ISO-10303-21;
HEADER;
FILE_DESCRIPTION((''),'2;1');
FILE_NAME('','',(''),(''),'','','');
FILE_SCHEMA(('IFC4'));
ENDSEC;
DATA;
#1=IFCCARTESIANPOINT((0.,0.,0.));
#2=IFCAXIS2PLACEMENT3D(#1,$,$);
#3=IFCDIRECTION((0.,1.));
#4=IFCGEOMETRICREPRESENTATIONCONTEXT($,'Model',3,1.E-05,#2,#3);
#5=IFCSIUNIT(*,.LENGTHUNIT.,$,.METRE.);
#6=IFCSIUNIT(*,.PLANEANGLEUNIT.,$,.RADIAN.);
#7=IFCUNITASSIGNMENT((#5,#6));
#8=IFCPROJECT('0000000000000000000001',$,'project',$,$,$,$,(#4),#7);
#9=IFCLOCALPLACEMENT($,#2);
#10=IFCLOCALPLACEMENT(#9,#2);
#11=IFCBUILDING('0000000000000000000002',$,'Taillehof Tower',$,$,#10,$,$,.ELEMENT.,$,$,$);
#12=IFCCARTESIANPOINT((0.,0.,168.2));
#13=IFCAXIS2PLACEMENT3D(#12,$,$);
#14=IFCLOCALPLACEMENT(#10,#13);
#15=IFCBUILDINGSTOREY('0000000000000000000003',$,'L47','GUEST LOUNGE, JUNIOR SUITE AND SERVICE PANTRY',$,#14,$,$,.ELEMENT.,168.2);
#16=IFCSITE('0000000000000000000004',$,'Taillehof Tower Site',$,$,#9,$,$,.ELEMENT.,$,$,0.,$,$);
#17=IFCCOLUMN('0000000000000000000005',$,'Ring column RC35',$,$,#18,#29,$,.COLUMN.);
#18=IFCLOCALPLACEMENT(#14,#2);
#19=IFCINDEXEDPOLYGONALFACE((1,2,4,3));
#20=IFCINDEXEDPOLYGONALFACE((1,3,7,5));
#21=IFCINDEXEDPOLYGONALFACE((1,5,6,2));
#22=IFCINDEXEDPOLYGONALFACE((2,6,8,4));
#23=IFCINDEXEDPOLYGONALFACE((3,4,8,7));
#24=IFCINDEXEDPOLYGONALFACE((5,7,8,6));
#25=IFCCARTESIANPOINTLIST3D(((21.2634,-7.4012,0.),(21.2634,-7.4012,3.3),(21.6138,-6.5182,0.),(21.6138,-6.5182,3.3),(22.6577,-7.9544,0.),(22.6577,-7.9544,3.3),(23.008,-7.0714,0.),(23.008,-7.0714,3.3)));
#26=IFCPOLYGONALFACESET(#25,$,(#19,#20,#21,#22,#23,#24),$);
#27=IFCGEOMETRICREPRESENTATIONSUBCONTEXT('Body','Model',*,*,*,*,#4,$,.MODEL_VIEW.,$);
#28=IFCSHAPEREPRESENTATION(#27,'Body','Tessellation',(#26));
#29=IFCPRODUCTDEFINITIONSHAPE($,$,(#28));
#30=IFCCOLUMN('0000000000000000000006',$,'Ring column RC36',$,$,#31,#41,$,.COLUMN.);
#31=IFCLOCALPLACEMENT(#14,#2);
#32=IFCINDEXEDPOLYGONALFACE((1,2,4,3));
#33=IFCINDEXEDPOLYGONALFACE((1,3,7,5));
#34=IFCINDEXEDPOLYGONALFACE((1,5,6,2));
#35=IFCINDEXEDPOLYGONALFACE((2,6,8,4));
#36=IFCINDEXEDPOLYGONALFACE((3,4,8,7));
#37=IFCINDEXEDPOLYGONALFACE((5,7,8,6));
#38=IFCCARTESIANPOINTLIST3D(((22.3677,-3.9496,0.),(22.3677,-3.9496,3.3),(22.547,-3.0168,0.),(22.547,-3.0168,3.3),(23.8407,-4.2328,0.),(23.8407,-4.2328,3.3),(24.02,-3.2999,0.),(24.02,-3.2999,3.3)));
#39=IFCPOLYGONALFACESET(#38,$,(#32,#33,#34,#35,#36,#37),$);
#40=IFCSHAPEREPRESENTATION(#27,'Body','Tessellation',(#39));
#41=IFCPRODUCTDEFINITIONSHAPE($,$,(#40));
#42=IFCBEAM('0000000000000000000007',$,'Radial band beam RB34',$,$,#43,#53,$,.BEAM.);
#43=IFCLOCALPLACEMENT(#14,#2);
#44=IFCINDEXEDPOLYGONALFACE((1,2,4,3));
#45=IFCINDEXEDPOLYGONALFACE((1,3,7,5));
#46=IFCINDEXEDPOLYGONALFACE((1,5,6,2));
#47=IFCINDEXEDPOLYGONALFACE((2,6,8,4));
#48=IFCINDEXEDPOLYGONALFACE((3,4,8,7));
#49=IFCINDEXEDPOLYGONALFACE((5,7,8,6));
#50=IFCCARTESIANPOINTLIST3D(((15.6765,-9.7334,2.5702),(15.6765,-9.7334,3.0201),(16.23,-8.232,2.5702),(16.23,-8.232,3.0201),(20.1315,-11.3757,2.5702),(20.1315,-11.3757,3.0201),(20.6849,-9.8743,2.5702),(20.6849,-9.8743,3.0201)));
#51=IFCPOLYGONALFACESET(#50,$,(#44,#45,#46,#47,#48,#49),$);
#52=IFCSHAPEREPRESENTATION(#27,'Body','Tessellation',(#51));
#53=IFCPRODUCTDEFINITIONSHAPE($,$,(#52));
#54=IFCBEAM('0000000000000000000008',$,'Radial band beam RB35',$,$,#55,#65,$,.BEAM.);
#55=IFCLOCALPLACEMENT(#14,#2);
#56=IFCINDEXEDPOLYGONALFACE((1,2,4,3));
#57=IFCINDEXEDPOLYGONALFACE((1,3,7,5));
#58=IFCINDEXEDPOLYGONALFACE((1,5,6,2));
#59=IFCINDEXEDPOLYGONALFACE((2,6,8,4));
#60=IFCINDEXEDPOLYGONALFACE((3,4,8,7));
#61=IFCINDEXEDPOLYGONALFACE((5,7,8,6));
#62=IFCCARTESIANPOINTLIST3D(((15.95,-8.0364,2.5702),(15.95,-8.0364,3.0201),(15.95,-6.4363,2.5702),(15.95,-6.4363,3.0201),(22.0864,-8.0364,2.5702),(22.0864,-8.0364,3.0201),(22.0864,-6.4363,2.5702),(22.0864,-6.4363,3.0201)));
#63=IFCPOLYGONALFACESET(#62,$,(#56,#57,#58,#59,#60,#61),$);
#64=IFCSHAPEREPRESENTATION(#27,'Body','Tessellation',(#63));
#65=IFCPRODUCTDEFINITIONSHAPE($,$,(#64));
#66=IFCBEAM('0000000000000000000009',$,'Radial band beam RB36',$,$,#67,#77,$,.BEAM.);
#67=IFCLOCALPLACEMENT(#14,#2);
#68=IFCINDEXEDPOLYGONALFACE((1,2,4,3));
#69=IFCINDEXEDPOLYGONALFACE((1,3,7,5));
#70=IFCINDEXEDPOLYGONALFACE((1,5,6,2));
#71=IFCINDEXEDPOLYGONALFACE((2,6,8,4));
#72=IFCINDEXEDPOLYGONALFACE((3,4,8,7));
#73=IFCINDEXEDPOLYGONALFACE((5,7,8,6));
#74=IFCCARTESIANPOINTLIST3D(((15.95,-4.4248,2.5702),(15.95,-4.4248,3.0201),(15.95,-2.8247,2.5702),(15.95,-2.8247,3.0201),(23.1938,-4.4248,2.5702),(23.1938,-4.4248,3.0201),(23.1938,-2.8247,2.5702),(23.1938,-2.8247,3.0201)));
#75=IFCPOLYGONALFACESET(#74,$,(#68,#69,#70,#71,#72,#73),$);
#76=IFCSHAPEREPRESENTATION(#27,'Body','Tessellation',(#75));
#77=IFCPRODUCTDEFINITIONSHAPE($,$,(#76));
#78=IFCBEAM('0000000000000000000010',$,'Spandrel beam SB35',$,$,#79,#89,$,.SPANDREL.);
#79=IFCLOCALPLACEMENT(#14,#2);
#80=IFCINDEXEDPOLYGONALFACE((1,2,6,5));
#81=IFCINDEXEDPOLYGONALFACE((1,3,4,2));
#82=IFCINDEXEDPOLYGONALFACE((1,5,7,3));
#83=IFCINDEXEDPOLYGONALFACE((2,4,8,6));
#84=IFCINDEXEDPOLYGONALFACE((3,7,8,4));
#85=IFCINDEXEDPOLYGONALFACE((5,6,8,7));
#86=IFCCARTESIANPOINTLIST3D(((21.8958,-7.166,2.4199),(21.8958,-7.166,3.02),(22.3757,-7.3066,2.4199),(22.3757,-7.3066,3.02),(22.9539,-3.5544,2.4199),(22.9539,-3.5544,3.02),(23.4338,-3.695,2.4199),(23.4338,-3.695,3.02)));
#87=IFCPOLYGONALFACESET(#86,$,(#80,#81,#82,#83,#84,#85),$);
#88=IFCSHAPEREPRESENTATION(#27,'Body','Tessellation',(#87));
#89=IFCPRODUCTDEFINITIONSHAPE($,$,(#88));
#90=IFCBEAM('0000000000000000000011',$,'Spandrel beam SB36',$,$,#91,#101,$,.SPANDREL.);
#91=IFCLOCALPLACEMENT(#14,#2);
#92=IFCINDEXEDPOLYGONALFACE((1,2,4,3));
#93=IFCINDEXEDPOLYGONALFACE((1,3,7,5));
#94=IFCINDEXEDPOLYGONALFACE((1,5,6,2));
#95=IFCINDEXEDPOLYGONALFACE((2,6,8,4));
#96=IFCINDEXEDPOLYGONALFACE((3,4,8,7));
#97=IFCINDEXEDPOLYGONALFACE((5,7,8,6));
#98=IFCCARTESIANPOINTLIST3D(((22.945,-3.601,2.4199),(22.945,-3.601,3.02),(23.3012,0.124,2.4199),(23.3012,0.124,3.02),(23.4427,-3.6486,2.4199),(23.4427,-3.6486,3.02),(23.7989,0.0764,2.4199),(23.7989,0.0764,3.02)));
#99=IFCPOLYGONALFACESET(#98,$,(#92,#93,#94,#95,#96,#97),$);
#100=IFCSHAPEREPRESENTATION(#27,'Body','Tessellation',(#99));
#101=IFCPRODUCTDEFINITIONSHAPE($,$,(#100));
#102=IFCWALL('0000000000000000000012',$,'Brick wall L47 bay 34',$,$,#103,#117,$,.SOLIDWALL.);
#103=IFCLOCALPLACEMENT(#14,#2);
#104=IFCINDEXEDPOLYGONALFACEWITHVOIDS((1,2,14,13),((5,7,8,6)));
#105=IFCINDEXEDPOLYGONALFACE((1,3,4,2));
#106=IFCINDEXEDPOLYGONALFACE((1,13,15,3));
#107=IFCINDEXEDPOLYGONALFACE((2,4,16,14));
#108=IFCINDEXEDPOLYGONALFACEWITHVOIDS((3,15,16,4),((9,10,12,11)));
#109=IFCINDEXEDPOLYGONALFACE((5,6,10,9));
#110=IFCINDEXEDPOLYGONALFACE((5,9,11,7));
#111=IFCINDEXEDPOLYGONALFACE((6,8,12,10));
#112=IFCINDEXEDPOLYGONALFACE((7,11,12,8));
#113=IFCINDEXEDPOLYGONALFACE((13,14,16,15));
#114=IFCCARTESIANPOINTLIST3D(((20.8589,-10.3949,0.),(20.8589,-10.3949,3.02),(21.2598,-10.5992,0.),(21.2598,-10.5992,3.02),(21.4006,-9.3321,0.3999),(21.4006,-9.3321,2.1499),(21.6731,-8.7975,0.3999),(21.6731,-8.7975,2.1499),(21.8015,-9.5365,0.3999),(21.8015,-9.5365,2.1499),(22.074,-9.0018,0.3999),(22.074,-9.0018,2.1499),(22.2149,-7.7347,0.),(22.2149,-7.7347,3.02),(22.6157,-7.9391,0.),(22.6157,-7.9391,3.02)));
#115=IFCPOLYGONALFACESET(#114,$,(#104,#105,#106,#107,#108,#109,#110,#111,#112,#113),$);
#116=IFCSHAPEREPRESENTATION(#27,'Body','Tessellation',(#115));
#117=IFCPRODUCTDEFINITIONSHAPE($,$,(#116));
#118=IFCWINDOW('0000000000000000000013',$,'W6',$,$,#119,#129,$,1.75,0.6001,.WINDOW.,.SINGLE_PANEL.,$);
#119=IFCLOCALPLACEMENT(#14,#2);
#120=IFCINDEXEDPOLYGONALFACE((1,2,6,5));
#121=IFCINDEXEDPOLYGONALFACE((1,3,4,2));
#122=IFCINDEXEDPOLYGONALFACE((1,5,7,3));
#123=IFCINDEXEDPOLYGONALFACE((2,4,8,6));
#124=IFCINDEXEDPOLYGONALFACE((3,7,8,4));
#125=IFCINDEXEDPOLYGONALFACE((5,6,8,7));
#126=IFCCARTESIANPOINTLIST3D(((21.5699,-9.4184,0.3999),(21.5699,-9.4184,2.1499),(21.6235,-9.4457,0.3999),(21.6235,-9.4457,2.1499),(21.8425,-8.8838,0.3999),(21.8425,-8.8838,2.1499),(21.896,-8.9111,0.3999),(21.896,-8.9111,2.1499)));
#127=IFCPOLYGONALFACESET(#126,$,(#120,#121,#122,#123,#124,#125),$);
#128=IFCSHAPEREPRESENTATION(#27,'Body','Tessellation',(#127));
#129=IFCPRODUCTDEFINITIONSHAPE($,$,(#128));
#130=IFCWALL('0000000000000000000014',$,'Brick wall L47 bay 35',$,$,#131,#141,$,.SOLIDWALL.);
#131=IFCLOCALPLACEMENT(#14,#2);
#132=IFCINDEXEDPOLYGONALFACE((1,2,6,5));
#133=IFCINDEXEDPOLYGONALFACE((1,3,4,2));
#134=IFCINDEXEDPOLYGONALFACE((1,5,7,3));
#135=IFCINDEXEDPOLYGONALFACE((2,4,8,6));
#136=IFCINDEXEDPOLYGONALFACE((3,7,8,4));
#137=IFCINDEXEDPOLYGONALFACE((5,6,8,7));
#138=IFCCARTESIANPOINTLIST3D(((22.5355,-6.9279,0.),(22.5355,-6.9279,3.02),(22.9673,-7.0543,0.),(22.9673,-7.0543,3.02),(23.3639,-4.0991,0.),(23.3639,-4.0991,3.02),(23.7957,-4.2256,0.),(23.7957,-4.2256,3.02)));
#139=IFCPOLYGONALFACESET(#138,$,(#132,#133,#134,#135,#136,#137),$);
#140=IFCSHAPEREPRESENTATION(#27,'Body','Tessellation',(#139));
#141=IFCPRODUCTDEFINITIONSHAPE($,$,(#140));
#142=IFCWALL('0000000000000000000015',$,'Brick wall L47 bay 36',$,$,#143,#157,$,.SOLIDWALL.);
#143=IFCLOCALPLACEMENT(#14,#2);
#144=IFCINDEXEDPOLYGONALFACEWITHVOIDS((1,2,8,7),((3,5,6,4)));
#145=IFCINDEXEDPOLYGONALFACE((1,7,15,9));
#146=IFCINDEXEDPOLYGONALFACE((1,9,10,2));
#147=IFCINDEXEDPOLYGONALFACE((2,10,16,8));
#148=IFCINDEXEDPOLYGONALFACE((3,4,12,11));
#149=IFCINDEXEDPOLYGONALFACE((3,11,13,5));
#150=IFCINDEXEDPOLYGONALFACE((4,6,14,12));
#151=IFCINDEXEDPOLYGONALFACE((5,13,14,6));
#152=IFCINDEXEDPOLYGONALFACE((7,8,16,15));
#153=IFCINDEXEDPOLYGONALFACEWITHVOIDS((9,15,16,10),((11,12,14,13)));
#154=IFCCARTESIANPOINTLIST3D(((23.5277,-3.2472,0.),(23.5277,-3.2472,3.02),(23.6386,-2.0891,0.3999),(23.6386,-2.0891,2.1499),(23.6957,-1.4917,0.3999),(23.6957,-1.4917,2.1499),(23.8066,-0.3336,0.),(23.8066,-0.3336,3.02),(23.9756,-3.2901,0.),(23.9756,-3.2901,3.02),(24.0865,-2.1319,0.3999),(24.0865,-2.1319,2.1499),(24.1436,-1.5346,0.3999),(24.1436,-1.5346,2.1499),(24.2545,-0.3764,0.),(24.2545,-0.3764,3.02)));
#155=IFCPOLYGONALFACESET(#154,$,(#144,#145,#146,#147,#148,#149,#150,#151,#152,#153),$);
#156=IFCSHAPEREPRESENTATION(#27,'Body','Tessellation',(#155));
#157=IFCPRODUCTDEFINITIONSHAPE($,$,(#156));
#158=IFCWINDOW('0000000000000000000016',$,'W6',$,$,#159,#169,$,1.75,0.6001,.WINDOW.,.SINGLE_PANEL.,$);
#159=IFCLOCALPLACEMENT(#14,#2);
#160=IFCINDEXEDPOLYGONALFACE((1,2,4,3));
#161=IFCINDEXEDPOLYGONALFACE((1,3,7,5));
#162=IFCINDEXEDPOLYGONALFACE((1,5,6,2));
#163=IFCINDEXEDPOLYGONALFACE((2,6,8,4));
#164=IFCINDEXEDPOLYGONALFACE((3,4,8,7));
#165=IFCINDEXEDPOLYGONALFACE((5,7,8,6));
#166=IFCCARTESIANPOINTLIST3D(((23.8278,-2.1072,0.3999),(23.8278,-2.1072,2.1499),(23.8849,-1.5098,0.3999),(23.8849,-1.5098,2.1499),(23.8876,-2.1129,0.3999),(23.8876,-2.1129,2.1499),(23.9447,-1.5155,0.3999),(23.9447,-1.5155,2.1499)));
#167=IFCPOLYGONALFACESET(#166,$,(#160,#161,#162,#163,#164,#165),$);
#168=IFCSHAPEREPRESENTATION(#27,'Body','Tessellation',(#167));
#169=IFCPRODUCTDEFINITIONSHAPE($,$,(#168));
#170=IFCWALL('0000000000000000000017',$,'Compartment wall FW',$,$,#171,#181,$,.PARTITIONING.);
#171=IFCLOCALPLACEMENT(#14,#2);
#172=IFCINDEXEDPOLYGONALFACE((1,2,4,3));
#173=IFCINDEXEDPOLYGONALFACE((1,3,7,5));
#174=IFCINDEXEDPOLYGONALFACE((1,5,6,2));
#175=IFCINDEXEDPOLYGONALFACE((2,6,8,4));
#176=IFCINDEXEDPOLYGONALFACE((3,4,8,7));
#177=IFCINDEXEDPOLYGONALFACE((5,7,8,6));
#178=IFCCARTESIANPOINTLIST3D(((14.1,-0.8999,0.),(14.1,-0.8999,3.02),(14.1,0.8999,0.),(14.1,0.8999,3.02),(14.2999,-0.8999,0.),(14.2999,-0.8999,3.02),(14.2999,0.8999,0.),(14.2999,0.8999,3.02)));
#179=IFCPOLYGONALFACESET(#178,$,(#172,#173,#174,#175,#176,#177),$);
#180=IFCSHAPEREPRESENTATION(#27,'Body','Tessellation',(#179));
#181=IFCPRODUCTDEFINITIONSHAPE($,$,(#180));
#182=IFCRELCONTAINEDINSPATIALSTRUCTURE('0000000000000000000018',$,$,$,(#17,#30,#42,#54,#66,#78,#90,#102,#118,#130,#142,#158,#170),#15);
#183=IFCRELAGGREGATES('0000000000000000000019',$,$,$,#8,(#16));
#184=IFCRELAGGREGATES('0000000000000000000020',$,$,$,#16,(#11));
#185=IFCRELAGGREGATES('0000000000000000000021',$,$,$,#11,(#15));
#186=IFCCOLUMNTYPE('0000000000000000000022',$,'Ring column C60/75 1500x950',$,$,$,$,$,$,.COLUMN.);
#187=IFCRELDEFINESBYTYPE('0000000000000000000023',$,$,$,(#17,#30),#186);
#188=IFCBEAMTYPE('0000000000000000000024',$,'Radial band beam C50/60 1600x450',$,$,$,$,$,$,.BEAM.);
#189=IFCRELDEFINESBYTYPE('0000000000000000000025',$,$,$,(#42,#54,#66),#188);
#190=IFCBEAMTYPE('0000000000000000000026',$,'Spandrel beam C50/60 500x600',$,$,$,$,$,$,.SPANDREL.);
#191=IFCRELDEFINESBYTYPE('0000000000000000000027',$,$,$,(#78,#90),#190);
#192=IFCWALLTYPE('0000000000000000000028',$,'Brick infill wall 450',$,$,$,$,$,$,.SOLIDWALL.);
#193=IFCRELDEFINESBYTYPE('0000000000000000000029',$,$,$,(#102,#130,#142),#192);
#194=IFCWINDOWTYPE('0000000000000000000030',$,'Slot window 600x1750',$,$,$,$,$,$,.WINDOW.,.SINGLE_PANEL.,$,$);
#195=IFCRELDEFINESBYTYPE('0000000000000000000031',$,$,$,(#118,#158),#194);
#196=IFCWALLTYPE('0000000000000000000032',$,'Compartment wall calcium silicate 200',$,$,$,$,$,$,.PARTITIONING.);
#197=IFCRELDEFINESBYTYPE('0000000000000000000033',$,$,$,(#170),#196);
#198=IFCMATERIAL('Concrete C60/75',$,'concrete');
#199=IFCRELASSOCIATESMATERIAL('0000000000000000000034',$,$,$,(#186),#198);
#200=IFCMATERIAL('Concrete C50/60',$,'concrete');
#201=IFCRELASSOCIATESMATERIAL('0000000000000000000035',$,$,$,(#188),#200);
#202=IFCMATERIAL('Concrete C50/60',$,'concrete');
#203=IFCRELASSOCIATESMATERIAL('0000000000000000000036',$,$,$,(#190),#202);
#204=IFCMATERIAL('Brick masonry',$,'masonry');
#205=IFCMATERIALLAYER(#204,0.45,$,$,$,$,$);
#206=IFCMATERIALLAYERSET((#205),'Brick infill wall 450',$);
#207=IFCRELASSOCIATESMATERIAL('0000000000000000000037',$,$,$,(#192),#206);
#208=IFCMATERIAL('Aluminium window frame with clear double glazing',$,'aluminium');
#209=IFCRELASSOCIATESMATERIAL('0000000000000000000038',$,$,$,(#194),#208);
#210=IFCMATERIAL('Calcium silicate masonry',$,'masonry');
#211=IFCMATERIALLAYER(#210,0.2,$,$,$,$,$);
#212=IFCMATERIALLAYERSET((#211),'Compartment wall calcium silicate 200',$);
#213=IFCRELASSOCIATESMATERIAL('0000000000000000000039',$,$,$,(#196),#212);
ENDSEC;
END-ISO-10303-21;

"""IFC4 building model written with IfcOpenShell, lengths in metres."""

from ifc_helpers import new_model, si_unit, direction, frame, frame_2d, origin, origin_2d, place, context, subcontext, project, spatial, rectangle, extrude, material, layer, layer_set, material_profile, profile_set, type_object, element, fill, save


model = new_model("IFC4")

# Units and contexts
model_context = context("Model", 3, precision=1e-05, world=origin(), true_north=direction((0.0, 1.0)))
body_context = subcontext(model_context, "Body", "Model", "MODEL_VIEW")
ifc_project = project(units=[si_unit("LENGTHUNIT", "METRE"), si_unit("PLANEANGLEUNIT", "RADIAN")], contexts=[model_context])

# Site, building, storey
site_placement = place(None, origin())
site = spatial("IfcSite", under=ifc_project, at=site_placement, Name="Taillehof Tower Site", CompositionType="ELEMENT", RefElevation=0.0)
building_placement = place(site_placement, origin())
building = spatial("IfcBuilding", under=site, at=building_placement, Name="Taillehof Tower", CompositionType="ELEMENT")
storey_placement = place(building_placement, frame((0.0, 0.0, 168.2)))
storey = spatial("IfcBuildingStorey", under=building, at=storey_placement, Name="L47", Description="GUEST LOUNGE, JUNIOR SUITE AND SERVICE PANTRY", CompositionType="ELEMENT", Elevation=168.2)

# Columns
ifc_material_1 = material(Name="Concrete C60/75", Category="concrete")
ifc_material_profile_1 = material_profile(ifc_material_1, rectangle(XDim=1.5, YDim=0.95, at=origin_2d()), Name="RC 1500x950")
ifc_profile_set_1 = profile_set([ifc_material_profile_1], Name="Concrete C60/75")
column_type = type_object("IfcColumnType", Name="Ring column C60/75 1500x950", PredefinedType="COLUMN", material=ifc_profile_set_1)
for number, where, z_axis, x_axis, name in (
    (1, (22.1357, -7.2363, 0.0), (0.0, 0.0, 1.0), (0.929511, -0.368793, 0.0), "Ring column RC35"),
    (2, (23.1938, -3.6248, 0.0), (0.0, 0.0, 1.0), (0.982024, -0.188757, 0.0), "Ring column RC36"),
):
    element("IfcColumn", number, at=place(storey_placement, frame(where, z_axis=z_axis, x_axis=x_axis)), inside=storey, type_object=column_type, Name=name, PredefinedType="COLUMN", context=body_context, shape_type="SweptSolid", body=[
        extrude(rectangle(XDim=1.5, YDim=0.95, at=origin_2d()), origin(), (0.0, 0.0, 1.0), 3.3),
    ])

# Beams
ifc_material_2 = material(Name="Concrete C50/60", Category="concrete")
ifc_material_profile_2 = material_profile(ifc_material_2, rectangle(XDim=1.6001, YDim=0.45, at=origin_2d()), Name="RC 1600x450")
ifc_profile_set_2 = profile_set([ifc_material_profile_2], Name="Concrete C50/60")
beam_type_1 = type_object("IfcBeamType", Name="Radial band beam C50/60 1600x450", PredefinedType="BEAM", material=ifc_profile_set_2)
beam_1_placement = place(storey_placement, frame((20.4082, -10.625, 2.7952), z_axis=(-0.938276, 0.345889, 0.0), x_axis=(-0.345889, -0.938276, 0.0)))
element("IfcBeam", 3, at=beam_1_placement, inside=storey, type_object=beam_type_1, Name="Radial band beam RB34", PredefinedType="BEAM", context=body_context, shape_type="SweptSolid", body=[
    extrude(rectangle(XDim=1.6001, YDim=0.45, at=origin_2d()), origin(), (0.0, 0.0, 1.0), 4.748),
])
beam_2_placement = place(storey_placement, frame((22.0864, -7.2363, 2.7952), z_axis=(-1.0, 0.0, 0.0), x_axis=(0.0, -1.0, 0.0)))
element("IfcBeam", 4, at=beam_2_placement, inside=storey, type_object=beam_type_1, Name="Radial band beam RB35", PredefinedType="BEAM", context=body_context, shape_type="SweptSolid", body=[
    extrude(rectangle(XDim=1.6001, YDim=0.45, at=origin_2d()), origin(), (0.0, 0.0, 1.0), 6.1365),
])
beam_3_placement = place(storey_placement, frame((23.1938, -3.6248, 2.7952), z_axis=(-1.0, 0.0, 0.0), x_axis=(0.0, -1.0, 0.0)))
element("IfcBeam", 5, at=beam_3_placement, inside=storey, type_object=beam_type_1, Name="Radial band beam RB36", PredefinedType="BEAM", context=body_context, shape_type="SweptSolid", body=[
    extrude(rectangle(XDim=1.6001, YDim=0.45, at=origin_2d()), origin(), (0.0, 0.0, 1.0), 7.2439),
])
ifc_material_3 = material(Name="Concrete C50/60", Category="concrete")
ifc_material_profile_3 = material_profile(ifc_material_3, rectangle(XDim=0.5, YDim=0.6001, at=origin_2d()), Name="RC 500x600")
ifc_profile_set_3 = profile_set([ifc_material_profile_3], Name="Concrete C50/60")
beam_type_2 = type_object("IfcBeamType", Name="Spandrel beam C50/60 500x600", PredefinedType="SPANDREL", material=ifc_profile_set_3)
beam_4_placement = place(storey_placement, frame((22.1357, -7.2363, 2.72), z_axis=(0.281158, 0.959661, 0.0), x_axis=(-0.959661, 0.281158, 0.0)))
element("IfcBeam", 6, at=beam_4_placement, inside=storey, type_object=beam_type_2, Name="Spandrel beam SB35", PredefinedType="SPANDREL", context=body_context, shape_type="SweptSolid", body=[
    extrude(rectangle(XDim=0.5, YDim=0.6001, at=origin_2d()), origin(), (0.0, 0.0, 1.0), 3.7634),
])
beam_5_placement = place(storey_placement, frame((23.1938, -3.6248, 2.72), z_axis=(0.095194, 0.995459, 0.0), x_axis=(-0.995459, 0.095194, 0.0)))
element("IfcBeam", 7, at=beam_5_placement, inside=storey, type_object=beam_type_2, Name="Spandrel beam SB36", PredefinedType="SPANDREL", context=body_context, shape_type="SweptSolid", body=[
    extrude(rectangle(XDim=0.5, YDim=0.6001, at=origin_2d()), origin(), (0.0, 0.0, 1.0), 3.7419),
])

# Wall, opening, window
ifc_material_4 = material(Name="Brick masonry", Category="masonry")
ifc_layer_1 = layer(ifc_material_4, 0.45)
ifc_layer_set_1 = layer_set([ifc_layer_1], Name="Brick infill wall 450")
wall_type_1 = type_object("IfcWallType", Name="Brick infill wall 450", PredefinedType="SOLIDWALL", material=ifc_layer_set_1)
wall_1_placement = place(storey_placement, frame((21.0593, -10.4971, 0.0), z_axis=(0.0, 0.0, 1.0), x_axis=(0.454134, 0.890933, 0.0)))
wall_1 = element("IfcWall", 8, at=wall_1_placement, inside=storey, type_object=wall_type_1, Name="Brick wall L47 bay 34", PredefinedType="SOLIDWALL", context=body_context, shape_type="SweptSolid", body=[
    extrude(rectangle(XDim=2.9858, YDim=0.45, at=frame_2d((1.4929, 0.0))), origin(), (0.0, 0.0, 1.0), 3.02),
])
opening_1_placement = place(wall_1_placement, frame((1.1929, 0.0, 0.3999)))
opening_1 = element("IfcOpeningElement", 9, at=opening_1_placement, cuts=wall_1, PredefinedType="OPENING", context=body_context, shape_type="SweptSolid", body=[
    extrude(rectangle(XDim=0.6001, YDim=1.75, at=frame_2d((0.3, 0.875))), frame((0.0, 0.2349, 0.0), z_axis=(0.0, -1.0, 0.0), x_axis=(1.0, 0.0, 0.0)), (0.0, 0.0, 1.0), 0.47),
])
ifc_material_5 = material(Name="Aluminium window frame with clear double glazing", Category="aluminium")
window_type = type_object("IfcWindowType", Name="Slot window 600x1750", PartitioningType="SINGLE_PANEL", PredefinedType="WINDOW", material=ifc_material_5)
window_1_placement = place(opening_1_placement, origin())
window_1 = element("IfcWindow", 10, at=window_1_placement, inside=storey, type_object=window_type, Name="W6", OverallHeight=1.75, OverallWidth=0.6001, PartitioningType="SINGLE_PANEL", PredefinedType="WINDOW", context=body_context, shape_type="SweptSolid", body=[
    extrude(rectangle(XDim=0.6001, YDim=1.75, at=frame_2d((0.3, 0.875))), frame((0.0, 0.0349, 0.0), z_axis=(0.0, -1.0, 0.0), x_axis=(1.0, 0.0, 0.0)), (0.0, 0.0, 1.0), 0.0601),
])
fill(opening_1, window_1)

# Wall
wall_2_placement = place(storey_placement, frame((22.7515, -6.991, 0.0), z_axis=(0.0, 0.0, 1.0), x_axis=(0.281049, 0.959693, 0.0)))
element("IfcWall", 11, at=wall_2_placement, inside=storey, type_object=wall_type_1, Name="Brick wall L47 bay 35", PredefinedType="SOLIDWALL", context=body_context, shape_type="SweptSolid", body=[
    extrude(rectangle(XDim=2.9475, YDim=0.45, at=frame_2d((1.4736, 0.0))), origin(), (0.0, 0.0, 1.0), 3.02),
])

# Wall, opening, window
wall_3_placement = place(storey_placement, frame((23.7517, -3.2686, 0.0), z_axis=(0.0, 0.0, 1.0), x_axis=(0.095258, 0.995453, 0.0)))
wall_3 = element("IfcWall", 12, at=wall_3_placement, inside=storey, type_object=wall_type_1, Name="Brick wall L47 bay 36", PredefinedType="SOLIDWALL", context=body_context, shape_type="SweptSolid", body=[
    extrude(rectangle(XDim=2.927, YDim=0.45, at=frame_2d((1.4634, 0.0))), origin(), (0.0, 0.0, 1.0), 3.02),
])
opening_2_placement = place(wall_3_placement, frame((1.1633, 0.0, 0.3999)))
opening_2 = element("IfcOpeningElement", 13, at=opening_2_placement, cuts=wall_3, PredefinedType="OPENING", context=body_context, shape_type="SweptSolid", body=[
    extrude(rectangle(XDim=0.6001, YDim=1.75, at=frame_2d((0.3, 0.875))), frame((0.0, 0.2349, 0.0), z_axis=(0.0, -1.0, 0.0), x_axis=(1.0, 0.0, 0.0)), (0.0, 0.0, 1.0), 0.47),
])
window_2_placement = place(opening_2_placement, origin())
window_2 = element("IfcWindow", 14, at=window_2_placement, inside=storey, type_object=window_type, Name="W6", OverallHeight=1.75, OverallWidth=0.6001, PartitioningType="SINGLE_PANEL", PredefinedType="WINDOW", context=body_context, shape_type="SweptSolid", body=[
    extrude(rectangle(XDim=0.6001, YDim=1.75, at=frame_2d((0.3, 0.875))), frame((0.0, 0.0349, 0.0), z_axis=(0.0, -1.0, 0.0), x_axis=(1.0, 0.0, 0.0)), (0.0, 0.0, 1.0), 0.0601),
])
fill(opening_2, window_2)

# Wall
ifc_material_6 = material(Name="Calcium silicate masonry", Category="masonry")
ifc_layer_2 = layer(ifc_material_6, 0.2)
ifc_layer_set_2 = layer_set([ifc_layer_2], Name="Compartment wall calcium silicate 200")
wall_type_2 = type_object("IfcWallType", Name="Compartment wall calcium silicate 200", PredefinedType="PARTITIONING", material=ifc_layer_set_2)
wall_4_placement = place(storey_placement, frame((14.2, -0.8999, 0.0), z_axis=(0.0, 0.0, 1.0), x_axis=(0.0, 1.0, 0.0)))
element("IfcWall", 15, at=wall_4_placement, inside=storey, type_object=wall_type_2, Name="Compartment wall FW", PredefinedType="PARTITIONING", context=body_context, shape_type="SweptSolid", body=[
    extrude(rectangle(XDim=1.7998, YDim=0.2, at=frame_2d((0.8999, 0.0))), origin(), (0.0, 0.0, 1.0), 3.02),
])

save(model, "model.ifc")
